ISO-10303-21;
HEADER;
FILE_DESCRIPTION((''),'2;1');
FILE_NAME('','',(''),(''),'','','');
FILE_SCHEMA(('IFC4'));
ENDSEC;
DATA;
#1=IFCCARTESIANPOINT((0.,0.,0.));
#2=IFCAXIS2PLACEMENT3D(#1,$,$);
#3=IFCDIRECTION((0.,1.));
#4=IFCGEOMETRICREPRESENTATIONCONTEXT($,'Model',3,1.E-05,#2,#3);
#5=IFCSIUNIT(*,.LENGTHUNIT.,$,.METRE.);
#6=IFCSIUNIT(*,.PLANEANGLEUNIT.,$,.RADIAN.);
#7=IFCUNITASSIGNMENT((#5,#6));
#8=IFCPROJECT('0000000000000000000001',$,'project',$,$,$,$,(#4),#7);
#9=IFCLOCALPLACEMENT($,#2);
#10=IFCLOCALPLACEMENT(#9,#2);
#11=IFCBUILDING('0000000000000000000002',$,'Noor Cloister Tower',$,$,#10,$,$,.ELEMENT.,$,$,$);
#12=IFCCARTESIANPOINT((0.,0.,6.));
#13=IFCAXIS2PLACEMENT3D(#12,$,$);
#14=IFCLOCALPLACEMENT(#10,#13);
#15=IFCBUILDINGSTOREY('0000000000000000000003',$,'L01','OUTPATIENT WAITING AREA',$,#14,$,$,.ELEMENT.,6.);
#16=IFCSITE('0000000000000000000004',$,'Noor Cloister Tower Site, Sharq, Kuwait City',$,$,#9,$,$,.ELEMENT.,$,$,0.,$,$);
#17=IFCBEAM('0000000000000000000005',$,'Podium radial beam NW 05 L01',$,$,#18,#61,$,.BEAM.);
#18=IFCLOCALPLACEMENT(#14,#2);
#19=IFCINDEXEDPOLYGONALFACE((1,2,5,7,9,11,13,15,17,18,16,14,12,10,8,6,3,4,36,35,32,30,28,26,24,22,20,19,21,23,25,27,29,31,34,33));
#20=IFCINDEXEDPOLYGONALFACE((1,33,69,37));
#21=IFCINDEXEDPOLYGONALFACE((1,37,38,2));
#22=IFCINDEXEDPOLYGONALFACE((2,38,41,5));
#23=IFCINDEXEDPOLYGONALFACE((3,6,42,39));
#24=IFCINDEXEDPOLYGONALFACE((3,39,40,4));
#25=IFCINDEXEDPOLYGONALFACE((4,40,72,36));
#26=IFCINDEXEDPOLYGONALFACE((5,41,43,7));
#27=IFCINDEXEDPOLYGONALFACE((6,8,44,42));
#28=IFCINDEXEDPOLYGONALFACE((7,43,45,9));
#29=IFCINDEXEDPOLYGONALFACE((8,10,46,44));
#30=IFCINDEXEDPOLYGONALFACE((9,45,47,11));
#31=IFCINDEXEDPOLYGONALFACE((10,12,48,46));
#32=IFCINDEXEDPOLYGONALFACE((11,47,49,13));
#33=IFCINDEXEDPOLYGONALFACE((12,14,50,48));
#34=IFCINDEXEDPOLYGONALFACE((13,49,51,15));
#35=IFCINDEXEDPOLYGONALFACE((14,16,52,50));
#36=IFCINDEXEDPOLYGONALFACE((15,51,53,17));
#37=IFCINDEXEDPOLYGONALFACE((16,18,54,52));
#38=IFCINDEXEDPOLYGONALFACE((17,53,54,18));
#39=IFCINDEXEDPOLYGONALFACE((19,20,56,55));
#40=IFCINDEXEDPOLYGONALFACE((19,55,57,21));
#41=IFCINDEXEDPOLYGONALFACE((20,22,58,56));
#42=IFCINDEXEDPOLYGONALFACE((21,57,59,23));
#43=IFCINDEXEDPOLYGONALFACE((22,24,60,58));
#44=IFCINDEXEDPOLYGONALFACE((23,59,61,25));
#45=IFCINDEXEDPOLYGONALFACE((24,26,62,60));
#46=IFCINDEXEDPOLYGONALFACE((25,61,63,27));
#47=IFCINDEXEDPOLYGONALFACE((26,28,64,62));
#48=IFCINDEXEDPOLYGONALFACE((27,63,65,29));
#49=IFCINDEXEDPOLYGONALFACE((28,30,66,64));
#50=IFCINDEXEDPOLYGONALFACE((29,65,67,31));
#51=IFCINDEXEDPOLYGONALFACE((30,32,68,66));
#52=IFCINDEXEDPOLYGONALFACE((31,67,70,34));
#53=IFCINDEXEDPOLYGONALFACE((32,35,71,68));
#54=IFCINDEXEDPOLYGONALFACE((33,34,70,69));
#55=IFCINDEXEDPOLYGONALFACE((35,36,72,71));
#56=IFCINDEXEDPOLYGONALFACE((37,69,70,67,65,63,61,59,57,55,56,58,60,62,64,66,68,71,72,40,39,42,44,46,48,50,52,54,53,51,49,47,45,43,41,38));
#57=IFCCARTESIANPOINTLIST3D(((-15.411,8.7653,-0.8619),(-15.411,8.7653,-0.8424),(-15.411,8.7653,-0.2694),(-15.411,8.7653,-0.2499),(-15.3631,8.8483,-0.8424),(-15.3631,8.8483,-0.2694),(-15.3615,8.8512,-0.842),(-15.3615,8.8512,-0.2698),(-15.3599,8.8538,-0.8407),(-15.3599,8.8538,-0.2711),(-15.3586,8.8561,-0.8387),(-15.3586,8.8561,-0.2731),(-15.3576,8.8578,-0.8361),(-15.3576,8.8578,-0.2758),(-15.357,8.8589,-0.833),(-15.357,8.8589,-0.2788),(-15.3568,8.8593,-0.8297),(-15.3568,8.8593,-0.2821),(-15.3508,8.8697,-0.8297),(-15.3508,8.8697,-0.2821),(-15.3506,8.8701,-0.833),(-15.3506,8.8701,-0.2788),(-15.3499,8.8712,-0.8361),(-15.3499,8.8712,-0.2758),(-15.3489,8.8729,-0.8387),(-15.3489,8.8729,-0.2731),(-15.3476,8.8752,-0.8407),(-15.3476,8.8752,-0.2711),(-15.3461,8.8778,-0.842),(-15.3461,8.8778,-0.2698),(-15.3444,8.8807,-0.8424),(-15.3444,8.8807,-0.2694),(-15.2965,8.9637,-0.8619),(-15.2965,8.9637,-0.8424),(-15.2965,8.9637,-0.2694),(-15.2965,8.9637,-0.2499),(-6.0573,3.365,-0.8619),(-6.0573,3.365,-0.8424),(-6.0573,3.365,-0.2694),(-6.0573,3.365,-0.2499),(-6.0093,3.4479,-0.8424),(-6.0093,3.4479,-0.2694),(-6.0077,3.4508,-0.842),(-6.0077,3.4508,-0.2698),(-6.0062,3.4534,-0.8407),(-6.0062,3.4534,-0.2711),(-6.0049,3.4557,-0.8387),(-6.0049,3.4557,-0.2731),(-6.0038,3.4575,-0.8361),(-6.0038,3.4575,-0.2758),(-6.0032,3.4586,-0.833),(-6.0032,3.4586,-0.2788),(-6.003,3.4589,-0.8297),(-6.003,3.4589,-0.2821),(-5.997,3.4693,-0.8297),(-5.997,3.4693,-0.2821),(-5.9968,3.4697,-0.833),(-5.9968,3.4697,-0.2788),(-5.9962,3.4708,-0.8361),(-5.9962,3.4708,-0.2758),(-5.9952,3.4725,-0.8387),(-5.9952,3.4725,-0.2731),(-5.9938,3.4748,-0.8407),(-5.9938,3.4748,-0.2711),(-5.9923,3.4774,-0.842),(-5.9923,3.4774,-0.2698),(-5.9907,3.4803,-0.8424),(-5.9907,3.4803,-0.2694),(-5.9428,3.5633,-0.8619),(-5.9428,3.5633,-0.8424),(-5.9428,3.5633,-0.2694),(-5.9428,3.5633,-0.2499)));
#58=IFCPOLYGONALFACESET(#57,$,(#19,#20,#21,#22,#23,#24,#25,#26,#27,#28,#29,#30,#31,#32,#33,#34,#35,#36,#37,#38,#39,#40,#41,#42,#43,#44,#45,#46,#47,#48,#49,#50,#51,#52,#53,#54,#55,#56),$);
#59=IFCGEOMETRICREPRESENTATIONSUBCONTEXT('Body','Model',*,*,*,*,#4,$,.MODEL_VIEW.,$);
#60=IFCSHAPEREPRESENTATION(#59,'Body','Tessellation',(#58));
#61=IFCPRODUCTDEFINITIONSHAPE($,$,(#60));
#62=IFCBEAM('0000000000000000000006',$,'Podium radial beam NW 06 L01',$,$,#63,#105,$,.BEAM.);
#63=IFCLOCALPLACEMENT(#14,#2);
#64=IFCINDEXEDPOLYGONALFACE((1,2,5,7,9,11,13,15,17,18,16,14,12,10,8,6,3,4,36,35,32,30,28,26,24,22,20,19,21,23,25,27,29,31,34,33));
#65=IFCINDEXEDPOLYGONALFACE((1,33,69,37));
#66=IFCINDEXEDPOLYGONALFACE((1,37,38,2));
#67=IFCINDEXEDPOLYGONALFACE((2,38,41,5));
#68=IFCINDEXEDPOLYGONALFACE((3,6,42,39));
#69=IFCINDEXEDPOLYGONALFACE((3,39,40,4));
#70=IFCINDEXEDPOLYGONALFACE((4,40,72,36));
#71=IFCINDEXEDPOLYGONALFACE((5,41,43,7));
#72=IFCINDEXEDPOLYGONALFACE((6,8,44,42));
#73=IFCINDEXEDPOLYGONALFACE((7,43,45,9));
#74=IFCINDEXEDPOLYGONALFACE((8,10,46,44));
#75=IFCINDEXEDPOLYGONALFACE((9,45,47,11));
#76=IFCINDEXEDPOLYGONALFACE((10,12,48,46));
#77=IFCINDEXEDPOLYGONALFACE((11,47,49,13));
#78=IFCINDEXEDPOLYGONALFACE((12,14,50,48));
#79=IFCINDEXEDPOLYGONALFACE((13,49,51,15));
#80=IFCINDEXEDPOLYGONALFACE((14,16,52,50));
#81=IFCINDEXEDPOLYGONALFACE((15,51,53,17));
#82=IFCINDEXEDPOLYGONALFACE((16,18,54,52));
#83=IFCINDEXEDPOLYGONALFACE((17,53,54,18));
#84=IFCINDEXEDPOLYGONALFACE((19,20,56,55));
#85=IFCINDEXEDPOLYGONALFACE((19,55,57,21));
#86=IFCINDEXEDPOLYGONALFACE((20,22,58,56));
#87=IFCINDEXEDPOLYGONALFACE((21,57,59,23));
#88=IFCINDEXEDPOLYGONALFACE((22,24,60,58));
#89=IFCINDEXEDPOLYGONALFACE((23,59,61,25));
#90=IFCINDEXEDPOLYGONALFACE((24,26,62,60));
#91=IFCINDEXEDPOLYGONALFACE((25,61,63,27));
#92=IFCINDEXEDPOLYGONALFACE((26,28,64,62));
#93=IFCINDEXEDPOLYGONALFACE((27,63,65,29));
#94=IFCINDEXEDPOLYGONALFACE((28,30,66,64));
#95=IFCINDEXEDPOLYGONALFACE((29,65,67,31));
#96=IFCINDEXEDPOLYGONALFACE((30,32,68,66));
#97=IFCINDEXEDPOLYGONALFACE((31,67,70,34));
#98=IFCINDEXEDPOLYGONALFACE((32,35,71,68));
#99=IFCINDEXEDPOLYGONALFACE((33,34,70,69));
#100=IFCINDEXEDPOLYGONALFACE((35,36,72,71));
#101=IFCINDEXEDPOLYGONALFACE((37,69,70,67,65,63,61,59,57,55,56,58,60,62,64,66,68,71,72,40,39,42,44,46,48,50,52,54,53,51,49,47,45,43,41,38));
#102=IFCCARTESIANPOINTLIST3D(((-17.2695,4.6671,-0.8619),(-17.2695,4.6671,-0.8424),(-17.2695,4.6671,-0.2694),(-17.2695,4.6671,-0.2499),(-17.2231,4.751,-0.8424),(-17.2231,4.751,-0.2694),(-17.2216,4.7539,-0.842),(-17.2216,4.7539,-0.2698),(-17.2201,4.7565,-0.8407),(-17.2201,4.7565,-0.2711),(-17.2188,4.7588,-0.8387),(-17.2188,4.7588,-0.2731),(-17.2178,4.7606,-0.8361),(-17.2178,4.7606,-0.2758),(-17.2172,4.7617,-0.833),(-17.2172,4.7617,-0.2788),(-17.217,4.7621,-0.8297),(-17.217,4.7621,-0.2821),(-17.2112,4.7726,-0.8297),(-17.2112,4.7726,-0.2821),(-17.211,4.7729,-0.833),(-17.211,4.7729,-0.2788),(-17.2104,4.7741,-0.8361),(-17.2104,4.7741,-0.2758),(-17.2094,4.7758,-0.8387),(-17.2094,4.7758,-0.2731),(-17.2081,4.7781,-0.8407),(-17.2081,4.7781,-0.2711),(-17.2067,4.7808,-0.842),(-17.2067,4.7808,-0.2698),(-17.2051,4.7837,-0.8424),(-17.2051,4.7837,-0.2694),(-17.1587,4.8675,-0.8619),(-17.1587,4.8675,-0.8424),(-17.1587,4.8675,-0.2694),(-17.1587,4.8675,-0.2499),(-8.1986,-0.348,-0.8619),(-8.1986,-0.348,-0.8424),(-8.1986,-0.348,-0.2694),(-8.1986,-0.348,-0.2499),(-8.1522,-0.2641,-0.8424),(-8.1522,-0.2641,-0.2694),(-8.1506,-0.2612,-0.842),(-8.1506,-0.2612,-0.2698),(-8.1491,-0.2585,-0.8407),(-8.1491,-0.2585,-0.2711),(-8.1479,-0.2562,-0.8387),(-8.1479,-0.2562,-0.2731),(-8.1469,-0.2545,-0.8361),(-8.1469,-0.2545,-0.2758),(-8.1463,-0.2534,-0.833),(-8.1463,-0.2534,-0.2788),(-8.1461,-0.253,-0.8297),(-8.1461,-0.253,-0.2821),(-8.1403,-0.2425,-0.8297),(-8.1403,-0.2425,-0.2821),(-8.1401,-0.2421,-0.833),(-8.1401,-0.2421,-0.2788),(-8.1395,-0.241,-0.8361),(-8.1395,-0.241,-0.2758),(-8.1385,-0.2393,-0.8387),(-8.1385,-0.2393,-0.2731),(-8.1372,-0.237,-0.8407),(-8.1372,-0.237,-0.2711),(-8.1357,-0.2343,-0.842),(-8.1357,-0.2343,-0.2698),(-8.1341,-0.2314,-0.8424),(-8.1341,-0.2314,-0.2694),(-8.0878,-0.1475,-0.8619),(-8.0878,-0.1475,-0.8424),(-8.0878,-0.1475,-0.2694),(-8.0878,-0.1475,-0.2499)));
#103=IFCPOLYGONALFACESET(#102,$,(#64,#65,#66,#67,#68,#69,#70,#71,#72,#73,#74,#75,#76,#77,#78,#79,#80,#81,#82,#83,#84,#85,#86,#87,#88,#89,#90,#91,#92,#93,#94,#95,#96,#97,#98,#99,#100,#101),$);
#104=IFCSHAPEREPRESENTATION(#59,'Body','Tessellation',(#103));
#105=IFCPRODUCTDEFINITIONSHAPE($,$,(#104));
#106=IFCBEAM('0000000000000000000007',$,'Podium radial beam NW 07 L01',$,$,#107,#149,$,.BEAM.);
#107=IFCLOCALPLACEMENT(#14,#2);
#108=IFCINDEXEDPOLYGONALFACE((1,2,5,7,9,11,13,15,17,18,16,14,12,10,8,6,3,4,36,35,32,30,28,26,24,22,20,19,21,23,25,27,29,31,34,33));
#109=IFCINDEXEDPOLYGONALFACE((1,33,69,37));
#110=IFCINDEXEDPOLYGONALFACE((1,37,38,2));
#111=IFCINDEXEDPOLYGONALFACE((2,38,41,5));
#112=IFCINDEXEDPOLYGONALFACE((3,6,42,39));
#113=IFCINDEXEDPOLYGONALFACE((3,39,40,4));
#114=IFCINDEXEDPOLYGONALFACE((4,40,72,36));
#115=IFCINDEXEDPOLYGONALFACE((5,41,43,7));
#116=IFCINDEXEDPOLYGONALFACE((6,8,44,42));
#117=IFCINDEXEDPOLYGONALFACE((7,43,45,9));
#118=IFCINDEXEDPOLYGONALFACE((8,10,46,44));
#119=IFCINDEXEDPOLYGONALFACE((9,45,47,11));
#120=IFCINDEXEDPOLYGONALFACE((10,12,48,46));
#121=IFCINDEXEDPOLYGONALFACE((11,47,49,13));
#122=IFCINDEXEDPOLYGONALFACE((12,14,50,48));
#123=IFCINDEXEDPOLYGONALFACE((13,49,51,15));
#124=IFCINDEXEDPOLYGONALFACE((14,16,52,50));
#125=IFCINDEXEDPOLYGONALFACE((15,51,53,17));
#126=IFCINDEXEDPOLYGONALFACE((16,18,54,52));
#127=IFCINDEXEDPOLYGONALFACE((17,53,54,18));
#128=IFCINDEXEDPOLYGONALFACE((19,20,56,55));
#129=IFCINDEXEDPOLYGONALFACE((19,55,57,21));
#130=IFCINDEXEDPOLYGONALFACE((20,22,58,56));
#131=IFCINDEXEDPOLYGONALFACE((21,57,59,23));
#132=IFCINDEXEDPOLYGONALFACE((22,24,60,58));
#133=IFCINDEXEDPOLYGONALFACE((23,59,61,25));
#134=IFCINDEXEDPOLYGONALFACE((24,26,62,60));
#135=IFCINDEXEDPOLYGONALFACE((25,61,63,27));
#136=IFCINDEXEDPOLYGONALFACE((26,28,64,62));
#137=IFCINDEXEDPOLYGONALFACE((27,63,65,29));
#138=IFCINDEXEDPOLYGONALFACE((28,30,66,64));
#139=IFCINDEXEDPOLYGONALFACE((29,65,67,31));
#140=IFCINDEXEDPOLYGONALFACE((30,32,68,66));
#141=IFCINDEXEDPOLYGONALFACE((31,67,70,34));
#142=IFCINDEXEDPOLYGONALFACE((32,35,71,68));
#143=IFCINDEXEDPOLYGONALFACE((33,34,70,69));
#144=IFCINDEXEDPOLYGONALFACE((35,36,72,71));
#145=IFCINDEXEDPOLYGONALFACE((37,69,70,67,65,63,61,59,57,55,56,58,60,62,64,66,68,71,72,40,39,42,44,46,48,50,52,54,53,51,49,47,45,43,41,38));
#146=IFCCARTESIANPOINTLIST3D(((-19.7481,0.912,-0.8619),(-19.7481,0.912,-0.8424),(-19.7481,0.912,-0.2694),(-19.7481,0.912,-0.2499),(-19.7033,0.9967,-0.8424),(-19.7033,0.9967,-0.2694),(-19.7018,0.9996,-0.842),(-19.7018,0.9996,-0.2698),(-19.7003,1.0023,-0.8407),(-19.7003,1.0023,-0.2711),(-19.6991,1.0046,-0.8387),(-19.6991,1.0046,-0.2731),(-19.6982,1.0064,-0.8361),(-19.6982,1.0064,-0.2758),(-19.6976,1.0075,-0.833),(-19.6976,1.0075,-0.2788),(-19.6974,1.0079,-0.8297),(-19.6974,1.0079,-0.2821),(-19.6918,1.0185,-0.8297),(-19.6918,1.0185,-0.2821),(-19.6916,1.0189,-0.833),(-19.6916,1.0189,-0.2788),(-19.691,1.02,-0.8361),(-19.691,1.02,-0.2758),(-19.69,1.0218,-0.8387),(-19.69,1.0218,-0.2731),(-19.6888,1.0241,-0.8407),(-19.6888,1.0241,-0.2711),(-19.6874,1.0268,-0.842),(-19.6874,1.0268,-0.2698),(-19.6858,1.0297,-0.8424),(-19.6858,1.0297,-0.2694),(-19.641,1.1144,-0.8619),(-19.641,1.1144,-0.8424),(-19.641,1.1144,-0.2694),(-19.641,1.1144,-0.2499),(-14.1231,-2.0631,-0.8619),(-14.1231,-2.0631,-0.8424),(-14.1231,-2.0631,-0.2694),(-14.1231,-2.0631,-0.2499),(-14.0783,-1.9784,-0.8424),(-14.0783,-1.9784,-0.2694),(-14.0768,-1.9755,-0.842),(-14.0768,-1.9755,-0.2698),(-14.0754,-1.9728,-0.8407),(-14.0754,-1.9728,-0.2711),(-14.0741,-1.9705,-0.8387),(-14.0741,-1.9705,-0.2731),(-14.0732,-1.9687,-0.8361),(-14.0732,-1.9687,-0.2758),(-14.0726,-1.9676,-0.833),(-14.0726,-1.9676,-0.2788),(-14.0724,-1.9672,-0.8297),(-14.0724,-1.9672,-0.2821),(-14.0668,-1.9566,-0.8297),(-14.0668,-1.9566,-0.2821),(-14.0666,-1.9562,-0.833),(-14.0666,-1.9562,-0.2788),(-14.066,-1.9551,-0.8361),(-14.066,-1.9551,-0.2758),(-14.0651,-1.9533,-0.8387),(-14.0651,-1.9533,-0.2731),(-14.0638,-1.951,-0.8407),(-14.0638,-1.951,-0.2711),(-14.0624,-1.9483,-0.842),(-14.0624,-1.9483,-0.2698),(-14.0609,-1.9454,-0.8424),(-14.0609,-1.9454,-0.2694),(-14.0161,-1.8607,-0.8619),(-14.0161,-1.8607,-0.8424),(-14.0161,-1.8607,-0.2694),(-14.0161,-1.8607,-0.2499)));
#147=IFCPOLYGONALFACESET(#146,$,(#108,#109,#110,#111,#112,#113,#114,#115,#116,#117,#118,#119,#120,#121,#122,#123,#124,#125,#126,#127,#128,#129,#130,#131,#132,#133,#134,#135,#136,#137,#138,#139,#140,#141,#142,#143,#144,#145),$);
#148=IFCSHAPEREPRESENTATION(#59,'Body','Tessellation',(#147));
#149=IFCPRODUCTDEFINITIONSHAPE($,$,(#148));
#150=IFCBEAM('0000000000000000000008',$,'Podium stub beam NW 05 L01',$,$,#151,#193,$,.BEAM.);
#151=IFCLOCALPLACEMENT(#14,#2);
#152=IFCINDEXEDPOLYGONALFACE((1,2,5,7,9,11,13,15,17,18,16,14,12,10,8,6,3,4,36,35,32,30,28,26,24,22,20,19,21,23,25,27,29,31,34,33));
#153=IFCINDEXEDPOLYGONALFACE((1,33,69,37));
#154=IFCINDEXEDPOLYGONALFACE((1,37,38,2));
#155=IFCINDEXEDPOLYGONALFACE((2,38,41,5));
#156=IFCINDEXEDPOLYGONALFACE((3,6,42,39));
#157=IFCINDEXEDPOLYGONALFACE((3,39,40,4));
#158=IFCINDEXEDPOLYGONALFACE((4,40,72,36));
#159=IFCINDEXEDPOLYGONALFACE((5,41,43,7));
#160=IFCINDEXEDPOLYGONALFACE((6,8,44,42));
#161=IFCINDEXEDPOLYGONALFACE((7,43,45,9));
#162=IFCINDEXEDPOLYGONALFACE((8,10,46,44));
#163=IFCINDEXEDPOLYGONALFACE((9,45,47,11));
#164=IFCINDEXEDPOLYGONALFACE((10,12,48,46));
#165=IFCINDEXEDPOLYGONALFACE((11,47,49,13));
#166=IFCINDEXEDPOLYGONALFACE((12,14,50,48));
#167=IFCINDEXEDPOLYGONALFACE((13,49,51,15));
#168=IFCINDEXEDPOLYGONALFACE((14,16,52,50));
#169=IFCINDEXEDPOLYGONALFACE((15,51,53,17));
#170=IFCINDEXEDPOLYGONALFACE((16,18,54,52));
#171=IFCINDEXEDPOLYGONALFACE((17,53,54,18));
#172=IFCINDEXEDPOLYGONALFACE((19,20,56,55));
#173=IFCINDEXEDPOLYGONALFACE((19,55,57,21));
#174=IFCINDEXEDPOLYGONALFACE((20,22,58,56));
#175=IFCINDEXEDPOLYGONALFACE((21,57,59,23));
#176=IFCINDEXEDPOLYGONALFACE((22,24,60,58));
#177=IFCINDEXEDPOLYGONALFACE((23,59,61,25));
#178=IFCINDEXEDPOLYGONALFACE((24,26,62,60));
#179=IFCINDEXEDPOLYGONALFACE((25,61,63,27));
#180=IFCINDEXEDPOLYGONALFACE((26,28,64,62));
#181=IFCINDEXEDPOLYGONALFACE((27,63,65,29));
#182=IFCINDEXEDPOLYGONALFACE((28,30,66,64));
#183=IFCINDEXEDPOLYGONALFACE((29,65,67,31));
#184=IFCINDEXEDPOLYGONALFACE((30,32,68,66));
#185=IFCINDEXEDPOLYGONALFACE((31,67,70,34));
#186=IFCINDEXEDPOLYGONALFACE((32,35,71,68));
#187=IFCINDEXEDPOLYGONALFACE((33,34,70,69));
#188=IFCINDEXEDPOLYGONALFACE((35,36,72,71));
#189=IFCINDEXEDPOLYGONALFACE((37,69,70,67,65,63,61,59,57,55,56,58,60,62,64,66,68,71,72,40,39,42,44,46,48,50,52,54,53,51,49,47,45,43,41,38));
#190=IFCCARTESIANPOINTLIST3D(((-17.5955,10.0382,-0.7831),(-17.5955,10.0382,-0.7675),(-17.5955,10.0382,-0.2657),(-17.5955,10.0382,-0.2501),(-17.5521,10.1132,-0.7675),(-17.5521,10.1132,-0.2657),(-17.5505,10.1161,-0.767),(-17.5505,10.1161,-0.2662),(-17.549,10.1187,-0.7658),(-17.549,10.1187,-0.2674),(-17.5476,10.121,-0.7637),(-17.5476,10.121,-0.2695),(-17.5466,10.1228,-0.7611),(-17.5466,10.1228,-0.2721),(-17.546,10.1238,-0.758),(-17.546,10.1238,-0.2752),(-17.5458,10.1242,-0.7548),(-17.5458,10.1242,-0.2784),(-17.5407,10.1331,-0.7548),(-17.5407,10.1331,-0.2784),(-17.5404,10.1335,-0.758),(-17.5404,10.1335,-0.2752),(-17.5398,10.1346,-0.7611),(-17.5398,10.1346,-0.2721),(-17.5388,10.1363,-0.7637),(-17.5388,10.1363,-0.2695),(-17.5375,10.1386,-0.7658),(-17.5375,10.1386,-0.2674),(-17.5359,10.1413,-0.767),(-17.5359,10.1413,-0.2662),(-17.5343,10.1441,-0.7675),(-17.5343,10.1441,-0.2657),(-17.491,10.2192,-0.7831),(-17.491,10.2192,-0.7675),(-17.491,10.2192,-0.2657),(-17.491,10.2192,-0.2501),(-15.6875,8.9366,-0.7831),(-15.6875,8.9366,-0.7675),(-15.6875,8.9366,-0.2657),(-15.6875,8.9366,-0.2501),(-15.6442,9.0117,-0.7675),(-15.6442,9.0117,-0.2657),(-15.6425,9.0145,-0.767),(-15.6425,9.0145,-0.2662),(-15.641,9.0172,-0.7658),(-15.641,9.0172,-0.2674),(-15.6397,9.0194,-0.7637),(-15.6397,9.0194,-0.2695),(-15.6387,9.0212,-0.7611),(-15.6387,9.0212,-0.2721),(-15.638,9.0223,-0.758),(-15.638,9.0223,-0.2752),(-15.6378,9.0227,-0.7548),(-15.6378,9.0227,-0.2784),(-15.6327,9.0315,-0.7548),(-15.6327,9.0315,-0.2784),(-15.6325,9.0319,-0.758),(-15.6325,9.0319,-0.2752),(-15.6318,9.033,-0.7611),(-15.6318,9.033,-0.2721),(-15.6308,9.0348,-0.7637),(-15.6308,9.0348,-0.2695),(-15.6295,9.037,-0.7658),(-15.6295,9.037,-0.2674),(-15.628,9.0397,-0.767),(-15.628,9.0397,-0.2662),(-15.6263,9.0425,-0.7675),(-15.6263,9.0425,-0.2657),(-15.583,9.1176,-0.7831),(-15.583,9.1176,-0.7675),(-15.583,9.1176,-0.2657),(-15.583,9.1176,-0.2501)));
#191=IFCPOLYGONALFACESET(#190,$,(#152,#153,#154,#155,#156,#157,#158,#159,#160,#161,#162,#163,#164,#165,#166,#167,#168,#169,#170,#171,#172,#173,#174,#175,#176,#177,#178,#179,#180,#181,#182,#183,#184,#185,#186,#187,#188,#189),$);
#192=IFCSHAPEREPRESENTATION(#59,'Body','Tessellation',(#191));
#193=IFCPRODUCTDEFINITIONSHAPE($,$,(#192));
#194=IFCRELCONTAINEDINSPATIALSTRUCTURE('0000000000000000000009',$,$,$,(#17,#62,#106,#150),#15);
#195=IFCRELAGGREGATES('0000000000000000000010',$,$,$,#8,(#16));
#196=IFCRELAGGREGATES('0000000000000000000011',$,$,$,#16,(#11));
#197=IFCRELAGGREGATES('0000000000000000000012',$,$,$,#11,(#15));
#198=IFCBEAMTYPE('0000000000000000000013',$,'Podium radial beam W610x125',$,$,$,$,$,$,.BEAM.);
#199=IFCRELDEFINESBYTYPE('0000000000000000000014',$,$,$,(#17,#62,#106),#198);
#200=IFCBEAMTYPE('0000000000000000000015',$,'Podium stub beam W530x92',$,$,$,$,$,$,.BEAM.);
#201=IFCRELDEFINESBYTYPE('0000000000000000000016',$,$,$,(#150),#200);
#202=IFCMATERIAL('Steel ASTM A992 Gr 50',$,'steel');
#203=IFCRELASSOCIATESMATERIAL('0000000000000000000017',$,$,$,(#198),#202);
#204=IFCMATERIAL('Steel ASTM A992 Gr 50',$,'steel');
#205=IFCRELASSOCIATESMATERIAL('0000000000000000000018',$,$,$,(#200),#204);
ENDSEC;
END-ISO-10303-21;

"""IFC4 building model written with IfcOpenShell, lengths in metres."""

from ifc_helpers import new_model, si_unit, direction, frame, origin, origin_2d, place, context, subcontext, project, spatial, i_section, extrude, material, material_profile, profile_set, type_object, element, save


model = new_model("IFC4")

# Units and contexts
model_context = context("Model", 3, precision=1e-05, world=origin(), true_north=direction((0.0, 1.0)))
body_context = subcontext(model_context, "Body", "Model", "MODEL_VIEW")
ifc_project = project(units=[si_unit("LENGTHUNIT", "METRE"), si_unit("PLANEANGLEUNIT", "RADIAN")], contexts=[model_context])

# Site, building, storey
site_placement = place(None, origin())
site = spatial("IfcSite", under=ifc_project, at=site_placement, Name="Noor Cloister Tower Site, Sharq, Kuwait City", CompositionType="ELEMENT", RefElevation=0.0)
building_placement = place(site_placement, origin())
building = spatial("IfcBuilding", under=site, at=building_placement, Name="Noor Cloister Tower", CompositionType="ELEMENT")
storey_placement = place(building_placement, frame((0.0, 0.0, 6.0)))
storey = spatial("IfcBuildingStorey", under=building, at=storey_placement, Name="L01", Description="OUTPATIENT WAITING AREA", CompositionType="ELEMENT", Elevation=6.0)

# Beams
ifc_material_1 = material(Name="Steel ASTM A992 Gr 50", Category="steel")
ifc_material_profile_1 = material_profile(ifc_material_1, i_section(OverallWidth=0.229, OverallDepth=0.6121, WebThickness=0.012, FlangeThickness=0.0195, FilletRadius=0.0127, at=origin_2d()), Name="W610x125")
ifc_profile_set_1 = profile_set([ifc_material_profile_1], Name="Steel ASTM A992 Gr 50")
beam_type_1 = type_object("IfcBeamType", Name="Podium radial beam W610x125", PredefinedType="BEAM", material=ifc_profile_set_1)
beam_1_placement = place(storey_placement, frame((-15.3538, 8.8645, -0.5559), z_axis=(0.866026, -0.5, 0.0), x_axis=(0.5, 0.866026, 0.0)))
element("IfcBeam", 1, at=beam_1_placement, inside=storey, type_object=beam_type_1, Name="Podium radial beam NW 05 L01", PredefinedType="BEAM", context=body_context, shape_type="SweptSolid", body=[
    extrude(i_section(OverallWidth=0.229, OverallDepth=0.6121, WebThickness=0.012, FlangeThickness=0.0195, FilletRadius=0.0127, at=origin_2d()), origin(), (0.0, 0.0, 1.0), 10.8008),
])
beam_2_placement = place(storey_placement, frame((-17.2141, 4.7673, -0.5559), z_axis=(0.875152, -0.483848, 0.0), x_axis=(0.483848, 0.875152, 0.0)))
element("IfcBeam", 2, at=beam_2_placement, inside=storey, type_object=beam_type_1, Name="Podium radial beam NW 06 L01", PredefinedType="BEAM", context=body_context, shape_type="SweptSolid", body=[
    extrude(i_section(OverallWidth=0.229, OverallDepth=0.6121, WebThickness=0.012, FlangeThickness=0.0195, FilletRadius=0.0127, at=origin_2d()), origin(), (0.0, 0.0, 1.0), 10.365),
])
beam_3_placement = place(storey_placement, frame((-19.6946, 1.0132, -0.5559), z_axis=(0.883973, -0.467539, 0.0), x_axis=(0.467539, 0.883973, 0.0)))
element("IfcBeam", 3, at=beam_3_placement, inside=storey, type_object=beam_type_1, Name="Podium radial beam NW 07 L01", PredefinedType="BEAM", context=body_context, shape_type="SweptSolid", body=[
    extrude(i_section(OverallWidth=0.229, OverallDepth=0.6121, WebThickness=0.012, FlangeThickness=0.0195, FilletRadius=0.0127, at=origin_2d()), origin(), (0.0, 0.0, 1.0), 6.3633),
])
ifc_material_2 = material(Name="Steel ASTM A992 Gr 50", Category="steel")
ifc_material_profile_2 = material_profile(ifc_material_2, i_section(OverallWidth=0.209, OverallDepth=0.533, WebThickness=0.0103, FlangeThickness=0.0156, FilletRadius=0.0127, at=origin_2d()), Name="W530x92")
ifc_profile_set_2 = profile_set([ifc_material_profile_2], Name="Steel ASTM A992 Gr 50")
beam_type_2 = type_object("IfcBeamType", Name="Podium stub beam W530x92", PredefinedType="BEAM", material=ifc_profile_set_2)
beam_4_placement = place(storey_placement, frame((-15.6353, 9.0271, -0.5166), z_axis=(-0.866025, 0.500001, 0.0), x_axis=(-0.500001, -0.866025, 0.0)))
element("IfcBeam", 4, at=beam_4_placement, inside=storey, type_object=beam_type_2, Name="Podium stub beam NW 05 L01", PredefinedType="BEAM", context=body_context, shape_type="SweptSolid", body=[
    extrude(i_section(OverallWidth=0.209, OverallDepth=0.533, WebThickness=0.0103, FlangeThickness=0.0156, FilletRadius=0.0127, at=origin_2d()), origin(), (0.0, 0.0, 1.0), 2.2031),
])

save(model, "model.ifc")
